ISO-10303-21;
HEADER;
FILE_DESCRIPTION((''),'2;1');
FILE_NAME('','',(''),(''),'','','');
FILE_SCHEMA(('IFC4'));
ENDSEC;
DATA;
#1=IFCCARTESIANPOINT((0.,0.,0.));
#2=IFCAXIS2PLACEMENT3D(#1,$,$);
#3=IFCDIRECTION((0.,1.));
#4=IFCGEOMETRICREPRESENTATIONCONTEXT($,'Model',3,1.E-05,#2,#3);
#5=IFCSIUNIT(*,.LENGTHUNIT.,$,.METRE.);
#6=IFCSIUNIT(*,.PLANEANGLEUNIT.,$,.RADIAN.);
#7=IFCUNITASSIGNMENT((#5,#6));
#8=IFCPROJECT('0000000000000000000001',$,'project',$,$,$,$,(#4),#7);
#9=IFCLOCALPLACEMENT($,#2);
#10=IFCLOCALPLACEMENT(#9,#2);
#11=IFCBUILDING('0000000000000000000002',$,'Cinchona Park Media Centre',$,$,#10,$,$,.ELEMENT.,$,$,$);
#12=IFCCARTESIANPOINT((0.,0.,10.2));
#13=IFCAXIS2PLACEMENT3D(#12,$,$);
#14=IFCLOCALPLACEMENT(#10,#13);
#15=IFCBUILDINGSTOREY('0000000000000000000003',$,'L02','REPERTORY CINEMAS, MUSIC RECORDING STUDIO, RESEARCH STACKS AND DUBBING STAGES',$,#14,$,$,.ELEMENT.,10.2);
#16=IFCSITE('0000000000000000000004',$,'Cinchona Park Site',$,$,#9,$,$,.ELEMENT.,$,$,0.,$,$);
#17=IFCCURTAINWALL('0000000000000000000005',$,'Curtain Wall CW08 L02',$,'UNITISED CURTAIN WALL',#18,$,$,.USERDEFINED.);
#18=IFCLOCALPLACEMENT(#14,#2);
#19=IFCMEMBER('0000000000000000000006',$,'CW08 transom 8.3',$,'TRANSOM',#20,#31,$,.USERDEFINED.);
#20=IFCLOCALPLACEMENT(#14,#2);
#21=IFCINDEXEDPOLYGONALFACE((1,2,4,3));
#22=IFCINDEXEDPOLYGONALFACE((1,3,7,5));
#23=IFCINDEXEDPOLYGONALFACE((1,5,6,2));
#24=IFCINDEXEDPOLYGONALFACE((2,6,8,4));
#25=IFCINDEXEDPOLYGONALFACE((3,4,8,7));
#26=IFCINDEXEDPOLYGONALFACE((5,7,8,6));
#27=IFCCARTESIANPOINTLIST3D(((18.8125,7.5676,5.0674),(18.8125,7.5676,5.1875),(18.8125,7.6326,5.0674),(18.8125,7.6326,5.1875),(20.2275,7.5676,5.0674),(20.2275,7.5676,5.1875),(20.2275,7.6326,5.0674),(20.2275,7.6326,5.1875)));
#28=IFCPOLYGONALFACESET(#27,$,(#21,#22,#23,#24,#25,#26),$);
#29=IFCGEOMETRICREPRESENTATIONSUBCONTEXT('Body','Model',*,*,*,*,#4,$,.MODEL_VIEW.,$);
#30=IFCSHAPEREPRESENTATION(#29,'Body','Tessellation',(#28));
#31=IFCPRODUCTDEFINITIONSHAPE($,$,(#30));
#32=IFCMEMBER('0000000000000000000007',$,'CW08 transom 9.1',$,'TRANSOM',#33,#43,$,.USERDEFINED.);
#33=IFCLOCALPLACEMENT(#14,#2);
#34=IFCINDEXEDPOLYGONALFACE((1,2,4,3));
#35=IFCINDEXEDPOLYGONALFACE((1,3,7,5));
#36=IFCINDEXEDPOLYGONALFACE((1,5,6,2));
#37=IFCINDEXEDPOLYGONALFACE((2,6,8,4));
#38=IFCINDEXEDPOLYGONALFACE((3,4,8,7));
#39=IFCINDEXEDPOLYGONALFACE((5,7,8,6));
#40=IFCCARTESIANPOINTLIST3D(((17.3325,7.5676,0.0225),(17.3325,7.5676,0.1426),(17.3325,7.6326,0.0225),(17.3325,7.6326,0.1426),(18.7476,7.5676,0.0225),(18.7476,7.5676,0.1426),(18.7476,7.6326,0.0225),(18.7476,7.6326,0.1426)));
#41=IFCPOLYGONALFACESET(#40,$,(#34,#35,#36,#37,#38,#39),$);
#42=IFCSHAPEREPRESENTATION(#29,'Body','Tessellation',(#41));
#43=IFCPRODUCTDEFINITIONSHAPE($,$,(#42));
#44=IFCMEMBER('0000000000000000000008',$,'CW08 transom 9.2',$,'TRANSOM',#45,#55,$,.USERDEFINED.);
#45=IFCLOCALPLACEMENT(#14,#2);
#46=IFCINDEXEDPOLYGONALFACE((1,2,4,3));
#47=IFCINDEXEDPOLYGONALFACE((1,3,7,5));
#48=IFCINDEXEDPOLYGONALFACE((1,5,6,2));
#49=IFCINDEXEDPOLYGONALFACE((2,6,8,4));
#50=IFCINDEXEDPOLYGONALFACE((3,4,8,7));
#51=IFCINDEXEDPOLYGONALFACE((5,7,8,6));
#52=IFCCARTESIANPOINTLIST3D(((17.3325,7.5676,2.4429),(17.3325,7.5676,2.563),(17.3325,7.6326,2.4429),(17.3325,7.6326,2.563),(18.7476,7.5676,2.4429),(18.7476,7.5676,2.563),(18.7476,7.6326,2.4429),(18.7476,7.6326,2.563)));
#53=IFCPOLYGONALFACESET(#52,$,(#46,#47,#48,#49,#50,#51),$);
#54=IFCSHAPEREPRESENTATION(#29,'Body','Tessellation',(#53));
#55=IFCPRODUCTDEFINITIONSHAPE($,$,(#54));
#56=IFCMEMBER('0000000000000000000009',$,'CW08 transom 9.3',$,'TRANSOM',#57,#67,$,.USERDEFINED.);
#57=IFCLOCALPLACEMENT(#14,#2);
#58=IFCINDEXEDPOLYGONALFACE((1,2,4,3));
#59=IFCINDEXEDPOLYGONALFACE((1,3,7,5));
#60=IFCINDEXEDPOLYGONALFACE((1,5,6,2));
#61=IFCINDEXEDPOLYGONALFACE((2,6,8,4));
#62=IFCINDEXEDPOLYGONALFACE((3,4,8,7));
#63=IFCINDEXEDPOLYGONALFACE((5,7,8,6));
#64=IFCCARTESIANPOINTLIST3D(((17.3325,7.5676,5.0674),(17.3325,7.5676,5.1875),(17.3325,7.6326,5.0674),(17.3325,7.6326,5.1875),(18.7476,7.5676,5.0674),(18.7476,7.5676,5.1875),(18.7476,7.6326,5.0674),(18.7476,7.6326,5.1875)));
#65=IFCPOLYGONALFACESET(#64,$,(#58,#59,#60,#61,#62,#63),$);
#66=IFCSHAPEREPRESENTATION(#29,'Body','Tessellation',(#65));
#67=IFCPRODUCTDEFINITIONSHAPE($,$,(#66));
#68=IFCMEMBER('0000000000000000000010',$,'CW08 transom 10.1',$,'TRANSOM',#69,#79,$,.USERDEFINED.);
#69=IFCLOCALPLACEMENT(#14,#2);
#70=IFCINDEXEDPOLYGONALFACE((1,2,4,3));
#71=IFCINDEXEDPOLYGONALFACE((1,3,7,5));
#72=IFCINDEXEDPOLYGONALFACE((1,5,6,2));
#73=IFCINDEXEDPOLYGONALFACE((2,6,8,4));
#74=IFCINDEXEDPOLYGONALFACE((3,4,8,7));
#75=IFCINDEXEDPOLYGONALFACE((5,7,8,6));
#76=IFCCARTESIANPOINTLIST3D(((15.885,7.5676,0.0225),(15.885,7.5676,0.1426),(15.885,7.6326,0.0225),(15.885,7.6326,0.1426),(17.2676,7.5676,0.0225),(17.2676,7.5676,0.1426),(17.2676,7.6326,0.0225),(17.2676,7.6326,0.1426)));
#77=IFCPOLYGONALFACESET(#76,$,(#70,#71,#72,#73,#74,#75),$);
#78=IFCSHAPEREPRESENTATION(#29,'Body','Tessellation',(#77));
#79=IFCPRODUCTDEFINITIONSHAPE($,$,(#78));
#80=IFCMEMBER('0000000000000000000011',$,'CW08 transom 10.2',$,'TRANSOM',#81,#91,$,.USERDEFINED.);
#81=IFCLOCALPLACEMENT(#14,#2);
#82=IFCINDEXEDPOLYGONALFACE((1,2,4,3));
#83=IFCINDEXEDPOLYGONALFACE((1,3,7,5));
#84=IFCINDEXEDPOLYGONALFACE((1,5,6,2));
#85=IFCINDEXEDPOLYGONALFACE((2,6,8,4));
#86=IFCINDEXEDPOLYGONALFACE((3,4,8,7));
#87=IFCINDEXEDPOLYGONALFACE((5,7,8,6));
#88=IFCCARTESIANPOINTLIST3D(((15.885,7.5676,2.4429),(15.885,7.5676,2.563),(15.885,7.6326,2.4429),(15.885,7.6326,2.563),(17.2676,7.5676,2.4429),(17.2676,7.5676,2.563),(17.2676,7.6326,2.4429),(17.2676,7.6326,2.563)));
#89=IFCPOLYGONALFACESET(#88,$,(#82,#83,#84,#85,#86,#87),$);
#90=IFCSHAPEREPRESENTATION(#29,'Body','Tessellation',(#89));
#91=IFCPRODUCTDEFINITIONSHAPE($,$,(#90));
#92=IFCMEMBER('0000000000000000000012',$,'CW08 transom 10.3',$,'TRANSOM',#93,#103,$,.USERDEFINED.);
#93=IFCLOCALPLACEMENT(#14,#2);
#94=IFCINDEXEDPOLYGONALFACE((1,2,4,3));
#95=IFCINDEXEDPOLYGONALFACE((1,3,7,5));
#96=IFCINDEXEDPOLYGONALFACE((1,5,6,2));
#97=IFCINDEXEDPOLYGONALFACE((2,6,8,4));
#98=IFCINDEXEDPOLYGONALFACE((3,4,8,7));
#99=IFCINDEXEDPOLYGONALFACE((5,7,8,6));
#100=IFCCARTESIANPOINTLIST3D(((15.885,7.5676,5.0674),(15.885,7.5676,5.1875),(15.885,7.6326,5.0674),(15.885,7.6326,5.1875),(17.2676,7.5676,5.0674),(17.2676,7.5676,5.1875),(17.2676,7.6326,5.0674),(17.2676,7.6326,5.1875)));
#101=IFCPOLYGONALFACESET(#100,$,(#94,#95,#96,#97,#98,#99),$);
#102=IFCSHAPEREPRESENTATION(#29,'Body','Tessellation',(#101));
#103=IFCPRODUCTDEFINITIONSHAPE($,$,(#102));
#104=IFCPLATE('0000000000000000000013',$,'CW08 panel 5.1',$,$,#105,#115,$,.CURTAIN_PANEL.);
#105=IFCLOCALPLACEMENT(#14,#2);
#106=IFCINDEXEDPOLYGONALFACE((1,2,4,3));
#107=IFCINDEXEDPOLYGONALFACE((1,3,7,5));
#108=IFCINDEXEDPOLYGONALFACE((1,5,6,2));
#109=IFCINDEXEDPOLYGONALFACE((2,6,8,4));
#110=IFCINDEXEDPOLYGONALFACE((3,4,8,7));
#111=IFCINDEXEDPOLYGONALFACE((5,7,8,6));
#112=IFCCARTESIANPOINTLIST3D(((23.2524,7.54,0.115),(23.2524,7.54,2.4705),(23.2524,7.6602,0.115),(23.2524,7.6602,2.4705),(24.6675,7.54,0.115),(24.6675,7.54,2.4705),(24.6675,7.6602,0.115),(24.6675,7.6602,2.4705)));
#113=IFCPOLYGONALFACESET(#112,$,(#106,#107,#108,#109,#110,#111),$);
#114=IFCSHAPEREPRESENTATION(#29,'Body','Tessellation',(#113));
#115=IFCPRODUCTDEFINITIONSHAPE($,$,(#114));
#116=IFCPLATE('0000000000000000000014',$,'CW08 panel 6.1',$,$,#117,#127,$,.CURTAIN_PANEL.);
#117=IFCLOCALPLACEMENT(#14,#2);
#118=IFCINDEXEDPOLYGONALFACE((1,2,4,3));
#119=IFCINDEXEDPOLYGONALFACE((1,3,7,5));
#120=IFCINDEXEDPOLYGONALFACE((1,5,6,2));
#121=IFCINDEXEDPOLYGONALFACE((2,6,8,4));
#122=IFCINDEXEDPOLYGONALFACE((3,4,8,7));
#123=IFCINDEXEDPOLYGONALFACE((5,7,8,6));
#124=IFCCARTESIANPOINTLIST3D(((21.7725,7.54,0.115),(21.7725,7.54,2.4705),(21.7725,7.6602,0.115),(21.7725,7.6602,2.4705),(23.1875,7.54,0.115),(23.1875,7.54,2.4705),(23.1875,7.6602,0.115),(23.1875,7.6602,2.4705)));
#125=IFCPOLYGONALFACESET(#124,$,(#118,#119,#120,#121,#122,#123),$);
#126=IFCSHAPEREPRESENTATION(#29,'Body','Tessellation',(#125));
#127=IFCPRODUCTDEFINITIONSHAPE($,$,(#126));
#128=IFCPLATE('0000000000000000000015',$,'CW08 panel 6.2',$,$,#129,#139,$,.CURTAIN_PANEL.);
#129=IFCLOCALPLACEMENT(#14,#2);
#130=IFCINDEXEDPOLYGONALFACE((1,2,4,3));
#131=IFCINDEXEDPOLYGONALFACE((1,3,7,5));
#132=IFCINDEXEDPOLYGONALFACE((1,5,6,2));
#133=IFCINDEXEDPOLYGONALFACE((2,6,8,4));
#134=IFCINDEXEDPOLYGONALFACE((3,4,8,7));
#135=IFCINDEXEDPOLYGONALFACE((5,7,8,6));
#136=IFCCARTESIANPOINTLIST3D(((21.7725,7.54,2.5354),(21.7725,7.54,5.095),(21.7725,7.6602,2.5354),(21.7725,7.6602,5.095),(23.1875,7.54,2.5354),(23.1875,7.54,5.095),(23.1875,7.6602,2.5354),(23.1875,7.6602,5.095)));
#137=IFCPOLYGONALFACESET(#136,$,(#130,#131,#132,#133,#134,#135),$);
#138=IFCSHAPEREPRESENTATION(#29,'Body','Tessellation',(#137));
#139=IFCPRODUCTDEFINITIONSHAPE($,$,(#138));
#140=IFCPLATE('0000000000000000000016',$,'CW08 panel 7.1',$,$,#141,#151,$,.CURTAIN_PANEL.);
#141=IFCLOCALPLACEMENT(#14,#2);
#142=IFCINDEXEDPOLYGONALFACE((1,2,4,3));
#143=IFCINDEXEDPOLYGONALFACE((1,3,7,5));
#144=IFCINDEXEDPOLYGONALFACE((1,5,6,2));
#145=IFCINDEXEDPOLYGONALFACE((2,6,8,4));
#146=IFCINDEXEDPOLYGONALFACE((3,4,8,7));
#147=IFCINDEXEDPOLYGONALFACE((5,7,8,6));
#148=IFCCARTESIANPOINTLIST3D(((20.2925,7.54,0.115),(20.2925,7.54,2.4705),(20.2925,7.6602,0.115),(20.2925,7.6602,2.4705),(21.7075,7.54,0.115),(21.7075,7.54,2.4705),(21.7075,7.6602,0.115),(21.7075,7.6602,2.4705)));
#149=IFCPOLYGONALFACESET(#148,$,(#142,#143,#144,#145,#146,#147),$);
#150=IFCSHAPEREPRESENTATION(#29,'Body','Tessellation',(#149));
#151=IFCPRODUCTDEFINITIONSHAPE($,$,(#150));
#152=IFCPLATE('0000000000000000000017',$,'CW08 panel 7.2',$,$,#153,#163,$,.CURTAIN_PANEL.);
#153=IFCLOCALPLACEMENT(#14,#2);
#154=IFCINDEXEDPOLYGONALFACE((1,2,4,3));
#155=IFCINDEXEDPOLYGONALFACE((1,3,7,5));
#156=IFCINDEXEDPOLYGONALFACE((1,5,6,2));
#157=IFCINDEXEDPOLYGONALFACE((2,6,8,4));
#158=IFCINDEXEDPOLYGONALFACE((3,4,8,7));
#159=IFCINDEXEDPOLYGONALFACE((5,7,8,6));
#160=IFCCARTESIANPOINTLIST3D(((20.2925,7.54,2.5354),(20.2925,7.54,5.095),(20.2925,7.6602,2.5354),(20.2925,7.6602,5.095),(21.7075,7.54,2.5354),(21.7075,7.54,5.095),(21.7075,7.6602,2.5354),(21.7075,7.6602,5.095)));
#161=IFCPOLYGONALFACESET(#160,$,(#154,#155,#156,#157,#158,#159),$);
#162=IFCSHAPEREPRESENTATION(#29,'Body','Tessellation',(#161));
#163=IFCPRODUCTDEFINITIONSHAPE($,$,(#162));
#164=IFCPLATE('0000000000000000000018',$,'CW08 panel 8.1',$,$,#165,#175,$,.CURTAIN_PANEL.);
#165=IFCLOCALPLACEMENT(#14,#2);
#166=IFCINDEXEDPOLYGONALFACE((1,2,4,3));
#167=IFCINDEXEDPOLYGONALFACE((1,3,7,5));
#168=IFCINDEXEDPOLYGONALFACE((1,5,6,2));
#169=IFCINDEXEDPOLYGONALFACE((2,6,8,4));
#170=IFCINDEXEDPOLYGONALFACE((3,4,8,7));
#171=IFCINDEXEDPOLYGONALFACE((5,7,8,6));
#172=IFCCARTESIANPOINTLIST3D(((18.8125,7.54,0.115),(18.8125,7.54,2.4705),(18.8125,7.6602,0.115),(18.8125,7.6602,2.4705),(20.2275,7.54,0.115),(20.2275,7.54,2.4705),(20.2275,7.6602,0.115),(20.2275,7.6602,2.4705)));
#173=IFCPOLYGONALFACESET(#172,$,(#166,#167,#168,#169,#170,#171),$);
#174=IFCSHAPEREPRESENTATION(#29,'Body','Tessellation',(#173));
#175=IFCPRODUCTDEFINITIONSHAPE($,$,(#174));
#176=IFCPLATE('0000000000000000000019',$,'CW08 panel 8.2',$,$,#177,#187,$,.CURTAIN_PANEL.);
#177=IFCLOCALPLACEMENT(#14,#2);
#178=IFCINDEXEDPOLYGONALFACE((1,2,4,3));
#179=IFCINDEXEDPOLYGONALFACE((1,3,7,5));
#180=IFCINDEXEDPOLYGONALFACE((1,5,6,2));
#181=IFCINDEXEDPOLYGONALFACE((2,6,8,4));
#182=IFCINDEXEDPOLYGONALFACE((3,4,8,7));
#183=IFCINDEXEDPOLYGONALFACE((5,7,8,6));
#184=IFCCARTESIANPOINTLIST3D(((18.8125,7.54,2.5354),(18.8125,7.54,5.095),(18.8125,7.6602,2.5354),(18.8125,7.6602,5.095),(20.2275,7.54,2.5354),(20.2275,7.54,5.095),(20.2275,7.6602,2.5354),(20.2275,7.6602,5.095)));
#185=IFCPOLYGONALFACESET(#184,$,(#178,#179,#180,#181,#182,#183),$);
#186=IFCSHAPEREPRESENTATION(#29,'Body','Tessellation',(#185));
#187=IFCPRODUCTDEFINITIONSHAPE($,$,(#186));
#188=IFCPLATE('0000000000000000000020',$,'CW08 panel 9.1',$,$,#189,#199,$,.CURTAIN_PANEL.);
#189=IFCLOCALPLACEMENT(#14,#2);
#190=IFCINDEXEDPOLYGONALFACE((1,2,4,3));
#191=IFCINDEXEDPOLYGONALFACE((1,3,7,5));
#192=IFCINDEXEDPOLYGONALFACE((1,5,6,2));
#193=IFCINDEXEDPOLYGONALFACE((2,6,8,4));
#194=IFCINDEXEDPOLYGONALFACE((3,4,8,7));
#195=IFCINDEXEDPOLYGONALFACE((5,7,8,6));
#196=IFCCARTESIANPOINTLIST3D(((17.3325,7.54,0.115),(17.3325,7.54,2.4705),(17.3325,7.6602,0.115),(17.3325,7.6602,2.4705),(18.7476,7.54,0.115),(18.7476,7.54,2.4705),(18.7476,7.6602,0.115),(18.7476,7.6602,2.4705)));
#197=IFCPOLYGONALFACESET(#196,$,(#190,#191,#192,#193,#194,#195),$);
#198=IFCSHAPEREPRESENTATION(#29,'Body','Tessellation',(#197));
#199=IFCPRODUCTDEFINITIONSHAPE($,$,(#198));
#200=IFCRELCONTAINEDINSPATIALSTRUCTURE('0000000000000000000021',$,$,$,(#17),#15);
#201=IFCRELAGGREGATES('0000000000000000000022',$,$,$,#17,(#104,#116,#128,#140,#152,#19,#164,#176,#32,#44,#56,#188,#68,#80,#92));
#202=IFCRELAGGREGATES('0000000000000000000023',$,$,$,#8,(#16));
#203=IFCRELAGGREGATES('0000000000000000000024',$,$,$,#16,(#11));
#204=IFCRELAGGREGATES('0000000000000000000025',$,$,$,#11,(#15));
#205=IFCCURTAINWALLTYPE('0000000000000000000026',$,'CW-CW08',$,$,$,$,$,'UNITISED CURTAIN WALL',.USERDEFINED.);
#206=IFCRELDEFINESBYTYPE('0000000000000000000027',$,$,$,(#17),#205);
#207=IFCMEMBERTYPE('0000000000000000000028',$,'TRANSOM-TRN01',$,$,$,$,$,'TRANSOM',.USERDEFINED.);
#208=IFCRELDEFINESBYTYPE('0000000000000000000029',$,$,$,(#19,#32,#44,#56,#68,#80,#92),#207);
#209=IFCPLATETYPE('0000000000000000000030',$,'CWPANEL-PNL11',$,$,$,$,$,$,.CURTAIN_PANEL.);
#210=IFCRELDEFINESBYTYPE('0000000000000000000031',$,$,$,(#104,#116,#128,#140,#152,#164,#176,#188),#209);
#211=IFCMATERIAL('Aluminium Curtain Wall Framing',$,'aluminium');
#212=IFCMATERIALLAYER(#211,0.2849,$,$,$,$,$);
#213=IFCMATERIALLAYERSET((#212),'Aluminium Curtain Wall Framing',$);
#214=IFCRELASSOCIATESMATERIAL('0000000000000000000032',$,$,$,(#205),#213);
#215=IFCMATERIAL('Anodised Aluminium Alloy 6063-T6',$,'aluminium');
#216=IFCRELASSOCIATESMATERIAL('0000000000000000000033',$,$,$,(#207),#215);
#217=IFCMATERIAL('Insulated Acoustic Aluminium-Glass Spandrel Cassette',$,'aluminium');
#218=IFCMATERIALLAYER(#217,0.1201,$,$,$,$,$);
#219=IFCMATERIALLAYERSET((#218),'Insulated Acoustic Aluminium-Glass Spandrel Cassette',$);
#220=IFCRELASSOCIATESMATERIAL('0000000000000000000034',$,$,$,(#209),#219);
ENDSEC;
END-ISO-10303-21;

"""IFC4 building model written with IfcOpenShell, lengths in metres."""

from ifc_helpers import new_model, si_unit, direction, frame, origin, origin_2d, place, context, subcontext, project, spatial, rectangle, extrude, material, layer, layer_set, material_profile, profile_set, type_object, element, aggregate, save


model = new_model("IFC4")

# Units and contexts
model_context = context("Model", 3, precision=1e-05, world=origin(), true_north=direction((0.0, 1.0)))
body_context = subcontext(model_context, "Body", "Model", "MODEL_VIEW")
ifc_project = project(units=[si_unit("LENGTHUNIT", "METRE"), si_unit("PLANEANGLEUNIT", "RADIAN")], contexts=[model_context])

# Site, building, storey
site_placement = place(None, origin())
site = spatial("IfcSite", under=ifc_project, at=site_placement, Name="Cinchona Park Site", CompositionType="ELEMENT", RefElevation=0.0)
building_placement = place(site_placement, origin())
building = spatial("IfcBuilding", under=site, at=building_placement, Name="Cinchona Park Media Centre", CompositionType="ELEMENT")
storey_placement = place(building_placement, frame((0.0, 0.0, 10.2)))
storey = spatial("IfcBuildingStorey", under=building, at=storey_placement, Name="L02", Description="REPERTORY CINEMAS, MUSIC RECORDING STUDIO, RESEARCH STACKS AND DUBBING STAGES", CompositionType="ELEMENT", Elevation=10.2)

# Curtain wall, members, plates
ifc_material_1 = material(Name="Aluminium Curtain Wall Framing", Category="aluminium")
ifc_layer_1 = layer(ifc_material_1, 0.2849)
ifc_layer_set_1 = layer_set([ifc_layer_1], Name="Aluminium Curtain Wall Framing")
curtain_wall_type = type_object("IfcCurtainWallType", Name="CW-CW08", ElementType="UNITISED CURTAIN WALL", PredefinedType="USERDEFINED", material=ifc_layer_set_1)
curtain_wall_placement = place(storey_placement, origin())
curtain_wall = element("IfcCurtainWall", 1, at=curtain_wall_placement, inside=storey, type_object=curtain_wall_type, Name="Curtain Wall CW08 L02", ObjectType="UNITISED CURTAIN WALL", PredefinedType="USERDEFINED")
ifc_material_2 = material(Name="Anodised Aluminium Alloy 6063-T6", Category="aluminium")
ifc_material_profile_1 = material_profile(ifc_material_2, rectangle(XDim=0.0649, YDim=0.1201, at=origin_2d()), Name="TRN-65X120")
ifc_profile_set_1 = profile_set([ifc_material_profile_1], Name="Anodised Aluminium Alloy 6063-T6")
member_type_1 = type_object("IfcMemberType", Name="TRANSOM-TRN01", ElementType="TRANSOM", PredefinedType="USERDEFINED", material=ifc_profile_set_1)
member_1_placement = place(storey_placement, frame((20.2275, 7.6001, 5.1274), z_axis=(-1.0, 0.0, 0.0), x_axis=(0.0, -1.0, 0.0)))
member_1 = element("IfcMember", 2, at=member_1_placement, type_object=member_type_1, Name="CW08 transom 8.3", ObjectType="TRANSOM", PredefinedType="USERDEFINED", context=body_context, shape_type="SweptSolid", body=[
    extrude(rectangle(XDim=0.0649, YDim=0.1201, at=origin_2d()), origin(), (0.0, 0.0, 1.0), 1.415),
])
member_2_placement = place(storey_placement, frame((18.7476, 7.6001, 0.0825), z_axis=(-1.0, 0.0, 0.0), x_axis=(0.0, -1.0, 0.0)))
member_2 = element("IfcMember", 3, at=member_2_placement, type_object=member_type_1, Name="CW08 transom 9.1", ObjectType="TRANSOM", PredefinedType="USERDEFINED", context=body_context, shape_type="SweptSolid", body=[
    extrude(rectangle(XDim=0.0649, YDim=0.1201, at=origin_2d()), origin(), (0.0, 0.0, 1.0), 1.415),
])
member_3_placement = place(storey_placement, frame((18.7476, 7.6001, 2.5029), z_axis=(-1.0, 0.0, 0.0), x_axis=(0.0, -1.0, 0.0)))
member_3 = element("IfcMember", 4, at=member_3_placement, type_object=member_type_1, Name="CW08 transom 9.2", ObjectType="TRANSOM", PredefinedType="USERDEFINED", context=body_context, shape_type="SweptSolid", body=[
    extrude(rectangle(XDim=0.0649, YDim=0.1201, at=origin_2d()), origin(), (0.0, 0.0, 1.0), 1.415),
])
member_4_placement = place(storey_placement, frame((18.7476, 7.6001, 5.1274), z_axis=(-1.0, 0.0, 0.0), x_axis=(0.0, -1.0, 0.0)))
member_4 = element("IfcMember", 5, at=member_4_placement, type_object=member_type_1, Name="CW08 transom 9.3", ObjectType="TRANSOM", PredefinedType="USERDEFINED", context=body_context, shape_type="SweptSolid", body=[
    extrude(rectangle(XDim=0.0649, YDim=0.1201, at=origin_2d()), origin(), (0.0, 0.0, 1.0), 1.415),
])
member_5_placement = place(storey_placement, frame((17.2676, 7.6001, 0.0825), z_axis=(-1.0, 0.0, 0.0), x_axis=(0.0, -1.0, 0.0)))
member_5 = element("IfcMember", 6, at=member_5_placement, type_object=member_type_1, Name="CW08 transom 10.1", ObjectType="TRANSOM", PredefinedType="USERDEFINED", context=body_context, shape_type="SweptSolid", body=[
    extrude(rectangle(XDim=0.0649, YDim=0.1201, at=origin_2d()), origin(), (0.0, 0.0, 1.0), 1.3826),
])
member_6_placement = place(storey_placement, frame((17.2676, 7.6001, 2.5029), z_axis=(-1.0, 0.0, 0.0), x_axis=(0.0, -1.0, 0.0)))
member_6 = element("IfcMember", 7, at=member_6_placement, type_object=member_type_1, Name="CW08 transom 10.2", ObjectType="TRANSOM", PredefinedType="USERDEFINED", context=body_context, shape_type="SweptSolid", body=[
    extrude(rectangle(XDim=0.0649, YDim=0.1201, at=origin_2d()), origin(), (0.0, 0.0, 1.0), 1.3826),
])
member_7_placement = place(storey_placement, frame((17.2676, 7.6001, 5.1274), z_axis=(-1.0, 0.0, 0.0), x_axis=(0.0, -1.0, 0.0)))
member_7 = element("IfcMember", 8, at=member_7_placement, type_object=member_type_1, Name="CW08 transom 10.3", ObjectType="TRANSOM", PredefinedType="USERDEFINED", context=body_context, shape_type="SweptSolid", body=[
    extrude(rectangle(XDim=0.0649, YDim=0.1201, at=origin_2d()), origin(), (0.0, 0.0, 1.0), 1.3826),
])
ifc_material_3 = material(Name="Insulated Acoustic Aluminium-Glass Spandrel Cassette", Category="aluminium")
ifc_layer_2 = layer(ifc_material_3, 0.1201)
ifc_layer_set_2 = layer_set([ifc_layer_2], Name="Insulated Acoustic Aluminium-Glass Spandrel Cassette")
plate_type_1 = type_object("IfcPlateType", Name="CWPANEL-PNL11", PredefinedType="CURTAIN_PANEL", material=ifc_layer_set_2)
plate_1_placement = place(storey_placement, frame((23.96, 7.6001, 0.115), z_axis=(0.0, 0.0, 1.0), x_axis=(-1.0, 0.0, 0.0)))
plate_1 = element("IfcPlate", 9, at=plate_1_placement, type_object=plate_type_1, Name="CW08 panel 5.1", PredefinedType="CURTAIN_PANEL", context=body_context, shape_type="SweptSolid", body=[
    extrude(rectangle(XDim=1.415, YDim=0.1201, at=origin_2d()), origin(), (0.0, 0.0, 1.0), 2.3555),
])
plate_2_placement = place(storey_placement, frame((22.48, 7.6001, 0.115), z_axis=(0.0, 0.0, 1.0), x_axis=(-1.0, 0.0, 0.0)))
plate_2 = element("IfcPlate", 10, at=plate_2_placement, type_object=plate_type_1, Name="CW08 panel 6.1", PredefinedType="CURTAIN_PANEL", context=body_context, shape_type="SweptSolid", body=[
    extrude(rectangle(XDim=1.415, YDim=0.1201, at=origin_2d()), origin(), (0.0, 0.0, 1.0), 2.3555),
])
plate_3_placement = place(storey_placement, frame((22.48, 7.6001, 2.5354), z_axis=(0.0, 0.0, 1.0), x_axis=(-1.0, 0.0, 0.0)))
plate_3 = element("IfcPlate", 11, at=plate_3_placement, type_object=plate_type_1, Name="CW08 panel 6.2", PredefinedType="CURTAIN_PANEL", context=body_context, shape_type="SweptSolid", body=[
    extrude(rectangle(XDim=1.415, YDim=0.1201, at=origin_2d()), origin(), (0.0, 0.0, 1.0), 2.5596),
])
plate_4_placement = place(storey_placement, frame((21.0, 7.6001, 0.115), z_axis=(0.0, 0.0, 1.0), x_axis=(-1.0, 0.0, 0.0)))
plate_4 = element("IfcPlate", 12, at=plate_4_placement, type_object=plate_type_1, Name="CW08 panel 7.1", PredefinedType="CURTAIN_PANEL", context=body_context, shape_type="SweptSolid", body=[
    extrude(rectangle(XDim=1.415, YDim=0.1201, at=origin_2d()), origin(), (0.0, 0.0, 1.0), 2.3555),
])
plate_5_placement = place(storey_placement, frame((21.0, 7.6001, 2.5354), z_axis=(0.0, 0.0, 1.0), x_axis=(-1.0, 0.0, 0.0)))
plate_5 = element("IfcPlate", 13, at=plate_5_placement, type_object=plate_type_1, Name="CW08 panel 7.2", PredefinedType="CURTAIN_PANEL", context=body_context, shape_type="SweptSolid", body=[
    extrude(rectangle(XDim=1.415, YDim=0.1201, at=origin_2d()), origin(), (0.0, 0.0, 1.0), 2.5596),
])
plate_6_placement = place(storey_placement, frame((19.52, 7.6001, 0.115), z_axis=(0.0, 0.0, 1.0), x_axis=(-1.0, 0.0, 0.0)))
plate_6 = element("IfcPlate", 14, at=plate_6_placement, type_object=plate_type_1, Name="CW08 panel 8.1", PredefinedType="CURTAIN_PANEL", context=body_context, shape_type="SweptSolid", body=[
    extrude(rectangle(XDim=1.415, YDim=0.1201, at=origin_2d()), origin(), (0.0, 0.0, 1.0), 2.3555),
])
plate_7_placement = place(storey_placement, frame((19.52, 7.6001, 2.5354), z_axis=(0.0, 0.0, 1.0), x_axis=(-1.0, 0.0, 0.0)))
plate_7 = element("IfcPlate", 15, at=plate_7_placement, type_object=plate_type_1, Name="CW08 panel 8.2", PredefinedType="CURTAIN_PANEL", context=body_context, shape_type="SweptSolid", body=[
    extrude(rectangle(XDim=1.415, YDim=0.1201, at=origin_2d()), origin(), (0.0, 0.0, 1.0), 2.5596),
])
plate_8_placement = place(storey_placement, frame((18.04, 7.6001, 0.115), z_axis=(0.0, 0.0, 1.0), x_axis=(-1.0, 0.0, 0.0)))
plate_8 = element("IfcPlate", 16, at=plate_8_placement, type_object=plate_type_1, Name="CW08 panel 9.1", PredefinedType="CURTAIN_PANEL", context=body_context, shape_type="SweptSolid", body=[
    extrude(rectangle(XDim=1.415, YDim=0.1201, at=origin_2d()), origin(), (0.0, 0.0, 1.0), 2.3555),
])
aggregate(curtain_wall, [plate_1, plate_2, plate_3, plate_4, plate_5, member_1, plate_6, plate_7, member_2, member_3, member_4, plate_8, member_5, member_6, member_7])

save(model, "model.ifc")
